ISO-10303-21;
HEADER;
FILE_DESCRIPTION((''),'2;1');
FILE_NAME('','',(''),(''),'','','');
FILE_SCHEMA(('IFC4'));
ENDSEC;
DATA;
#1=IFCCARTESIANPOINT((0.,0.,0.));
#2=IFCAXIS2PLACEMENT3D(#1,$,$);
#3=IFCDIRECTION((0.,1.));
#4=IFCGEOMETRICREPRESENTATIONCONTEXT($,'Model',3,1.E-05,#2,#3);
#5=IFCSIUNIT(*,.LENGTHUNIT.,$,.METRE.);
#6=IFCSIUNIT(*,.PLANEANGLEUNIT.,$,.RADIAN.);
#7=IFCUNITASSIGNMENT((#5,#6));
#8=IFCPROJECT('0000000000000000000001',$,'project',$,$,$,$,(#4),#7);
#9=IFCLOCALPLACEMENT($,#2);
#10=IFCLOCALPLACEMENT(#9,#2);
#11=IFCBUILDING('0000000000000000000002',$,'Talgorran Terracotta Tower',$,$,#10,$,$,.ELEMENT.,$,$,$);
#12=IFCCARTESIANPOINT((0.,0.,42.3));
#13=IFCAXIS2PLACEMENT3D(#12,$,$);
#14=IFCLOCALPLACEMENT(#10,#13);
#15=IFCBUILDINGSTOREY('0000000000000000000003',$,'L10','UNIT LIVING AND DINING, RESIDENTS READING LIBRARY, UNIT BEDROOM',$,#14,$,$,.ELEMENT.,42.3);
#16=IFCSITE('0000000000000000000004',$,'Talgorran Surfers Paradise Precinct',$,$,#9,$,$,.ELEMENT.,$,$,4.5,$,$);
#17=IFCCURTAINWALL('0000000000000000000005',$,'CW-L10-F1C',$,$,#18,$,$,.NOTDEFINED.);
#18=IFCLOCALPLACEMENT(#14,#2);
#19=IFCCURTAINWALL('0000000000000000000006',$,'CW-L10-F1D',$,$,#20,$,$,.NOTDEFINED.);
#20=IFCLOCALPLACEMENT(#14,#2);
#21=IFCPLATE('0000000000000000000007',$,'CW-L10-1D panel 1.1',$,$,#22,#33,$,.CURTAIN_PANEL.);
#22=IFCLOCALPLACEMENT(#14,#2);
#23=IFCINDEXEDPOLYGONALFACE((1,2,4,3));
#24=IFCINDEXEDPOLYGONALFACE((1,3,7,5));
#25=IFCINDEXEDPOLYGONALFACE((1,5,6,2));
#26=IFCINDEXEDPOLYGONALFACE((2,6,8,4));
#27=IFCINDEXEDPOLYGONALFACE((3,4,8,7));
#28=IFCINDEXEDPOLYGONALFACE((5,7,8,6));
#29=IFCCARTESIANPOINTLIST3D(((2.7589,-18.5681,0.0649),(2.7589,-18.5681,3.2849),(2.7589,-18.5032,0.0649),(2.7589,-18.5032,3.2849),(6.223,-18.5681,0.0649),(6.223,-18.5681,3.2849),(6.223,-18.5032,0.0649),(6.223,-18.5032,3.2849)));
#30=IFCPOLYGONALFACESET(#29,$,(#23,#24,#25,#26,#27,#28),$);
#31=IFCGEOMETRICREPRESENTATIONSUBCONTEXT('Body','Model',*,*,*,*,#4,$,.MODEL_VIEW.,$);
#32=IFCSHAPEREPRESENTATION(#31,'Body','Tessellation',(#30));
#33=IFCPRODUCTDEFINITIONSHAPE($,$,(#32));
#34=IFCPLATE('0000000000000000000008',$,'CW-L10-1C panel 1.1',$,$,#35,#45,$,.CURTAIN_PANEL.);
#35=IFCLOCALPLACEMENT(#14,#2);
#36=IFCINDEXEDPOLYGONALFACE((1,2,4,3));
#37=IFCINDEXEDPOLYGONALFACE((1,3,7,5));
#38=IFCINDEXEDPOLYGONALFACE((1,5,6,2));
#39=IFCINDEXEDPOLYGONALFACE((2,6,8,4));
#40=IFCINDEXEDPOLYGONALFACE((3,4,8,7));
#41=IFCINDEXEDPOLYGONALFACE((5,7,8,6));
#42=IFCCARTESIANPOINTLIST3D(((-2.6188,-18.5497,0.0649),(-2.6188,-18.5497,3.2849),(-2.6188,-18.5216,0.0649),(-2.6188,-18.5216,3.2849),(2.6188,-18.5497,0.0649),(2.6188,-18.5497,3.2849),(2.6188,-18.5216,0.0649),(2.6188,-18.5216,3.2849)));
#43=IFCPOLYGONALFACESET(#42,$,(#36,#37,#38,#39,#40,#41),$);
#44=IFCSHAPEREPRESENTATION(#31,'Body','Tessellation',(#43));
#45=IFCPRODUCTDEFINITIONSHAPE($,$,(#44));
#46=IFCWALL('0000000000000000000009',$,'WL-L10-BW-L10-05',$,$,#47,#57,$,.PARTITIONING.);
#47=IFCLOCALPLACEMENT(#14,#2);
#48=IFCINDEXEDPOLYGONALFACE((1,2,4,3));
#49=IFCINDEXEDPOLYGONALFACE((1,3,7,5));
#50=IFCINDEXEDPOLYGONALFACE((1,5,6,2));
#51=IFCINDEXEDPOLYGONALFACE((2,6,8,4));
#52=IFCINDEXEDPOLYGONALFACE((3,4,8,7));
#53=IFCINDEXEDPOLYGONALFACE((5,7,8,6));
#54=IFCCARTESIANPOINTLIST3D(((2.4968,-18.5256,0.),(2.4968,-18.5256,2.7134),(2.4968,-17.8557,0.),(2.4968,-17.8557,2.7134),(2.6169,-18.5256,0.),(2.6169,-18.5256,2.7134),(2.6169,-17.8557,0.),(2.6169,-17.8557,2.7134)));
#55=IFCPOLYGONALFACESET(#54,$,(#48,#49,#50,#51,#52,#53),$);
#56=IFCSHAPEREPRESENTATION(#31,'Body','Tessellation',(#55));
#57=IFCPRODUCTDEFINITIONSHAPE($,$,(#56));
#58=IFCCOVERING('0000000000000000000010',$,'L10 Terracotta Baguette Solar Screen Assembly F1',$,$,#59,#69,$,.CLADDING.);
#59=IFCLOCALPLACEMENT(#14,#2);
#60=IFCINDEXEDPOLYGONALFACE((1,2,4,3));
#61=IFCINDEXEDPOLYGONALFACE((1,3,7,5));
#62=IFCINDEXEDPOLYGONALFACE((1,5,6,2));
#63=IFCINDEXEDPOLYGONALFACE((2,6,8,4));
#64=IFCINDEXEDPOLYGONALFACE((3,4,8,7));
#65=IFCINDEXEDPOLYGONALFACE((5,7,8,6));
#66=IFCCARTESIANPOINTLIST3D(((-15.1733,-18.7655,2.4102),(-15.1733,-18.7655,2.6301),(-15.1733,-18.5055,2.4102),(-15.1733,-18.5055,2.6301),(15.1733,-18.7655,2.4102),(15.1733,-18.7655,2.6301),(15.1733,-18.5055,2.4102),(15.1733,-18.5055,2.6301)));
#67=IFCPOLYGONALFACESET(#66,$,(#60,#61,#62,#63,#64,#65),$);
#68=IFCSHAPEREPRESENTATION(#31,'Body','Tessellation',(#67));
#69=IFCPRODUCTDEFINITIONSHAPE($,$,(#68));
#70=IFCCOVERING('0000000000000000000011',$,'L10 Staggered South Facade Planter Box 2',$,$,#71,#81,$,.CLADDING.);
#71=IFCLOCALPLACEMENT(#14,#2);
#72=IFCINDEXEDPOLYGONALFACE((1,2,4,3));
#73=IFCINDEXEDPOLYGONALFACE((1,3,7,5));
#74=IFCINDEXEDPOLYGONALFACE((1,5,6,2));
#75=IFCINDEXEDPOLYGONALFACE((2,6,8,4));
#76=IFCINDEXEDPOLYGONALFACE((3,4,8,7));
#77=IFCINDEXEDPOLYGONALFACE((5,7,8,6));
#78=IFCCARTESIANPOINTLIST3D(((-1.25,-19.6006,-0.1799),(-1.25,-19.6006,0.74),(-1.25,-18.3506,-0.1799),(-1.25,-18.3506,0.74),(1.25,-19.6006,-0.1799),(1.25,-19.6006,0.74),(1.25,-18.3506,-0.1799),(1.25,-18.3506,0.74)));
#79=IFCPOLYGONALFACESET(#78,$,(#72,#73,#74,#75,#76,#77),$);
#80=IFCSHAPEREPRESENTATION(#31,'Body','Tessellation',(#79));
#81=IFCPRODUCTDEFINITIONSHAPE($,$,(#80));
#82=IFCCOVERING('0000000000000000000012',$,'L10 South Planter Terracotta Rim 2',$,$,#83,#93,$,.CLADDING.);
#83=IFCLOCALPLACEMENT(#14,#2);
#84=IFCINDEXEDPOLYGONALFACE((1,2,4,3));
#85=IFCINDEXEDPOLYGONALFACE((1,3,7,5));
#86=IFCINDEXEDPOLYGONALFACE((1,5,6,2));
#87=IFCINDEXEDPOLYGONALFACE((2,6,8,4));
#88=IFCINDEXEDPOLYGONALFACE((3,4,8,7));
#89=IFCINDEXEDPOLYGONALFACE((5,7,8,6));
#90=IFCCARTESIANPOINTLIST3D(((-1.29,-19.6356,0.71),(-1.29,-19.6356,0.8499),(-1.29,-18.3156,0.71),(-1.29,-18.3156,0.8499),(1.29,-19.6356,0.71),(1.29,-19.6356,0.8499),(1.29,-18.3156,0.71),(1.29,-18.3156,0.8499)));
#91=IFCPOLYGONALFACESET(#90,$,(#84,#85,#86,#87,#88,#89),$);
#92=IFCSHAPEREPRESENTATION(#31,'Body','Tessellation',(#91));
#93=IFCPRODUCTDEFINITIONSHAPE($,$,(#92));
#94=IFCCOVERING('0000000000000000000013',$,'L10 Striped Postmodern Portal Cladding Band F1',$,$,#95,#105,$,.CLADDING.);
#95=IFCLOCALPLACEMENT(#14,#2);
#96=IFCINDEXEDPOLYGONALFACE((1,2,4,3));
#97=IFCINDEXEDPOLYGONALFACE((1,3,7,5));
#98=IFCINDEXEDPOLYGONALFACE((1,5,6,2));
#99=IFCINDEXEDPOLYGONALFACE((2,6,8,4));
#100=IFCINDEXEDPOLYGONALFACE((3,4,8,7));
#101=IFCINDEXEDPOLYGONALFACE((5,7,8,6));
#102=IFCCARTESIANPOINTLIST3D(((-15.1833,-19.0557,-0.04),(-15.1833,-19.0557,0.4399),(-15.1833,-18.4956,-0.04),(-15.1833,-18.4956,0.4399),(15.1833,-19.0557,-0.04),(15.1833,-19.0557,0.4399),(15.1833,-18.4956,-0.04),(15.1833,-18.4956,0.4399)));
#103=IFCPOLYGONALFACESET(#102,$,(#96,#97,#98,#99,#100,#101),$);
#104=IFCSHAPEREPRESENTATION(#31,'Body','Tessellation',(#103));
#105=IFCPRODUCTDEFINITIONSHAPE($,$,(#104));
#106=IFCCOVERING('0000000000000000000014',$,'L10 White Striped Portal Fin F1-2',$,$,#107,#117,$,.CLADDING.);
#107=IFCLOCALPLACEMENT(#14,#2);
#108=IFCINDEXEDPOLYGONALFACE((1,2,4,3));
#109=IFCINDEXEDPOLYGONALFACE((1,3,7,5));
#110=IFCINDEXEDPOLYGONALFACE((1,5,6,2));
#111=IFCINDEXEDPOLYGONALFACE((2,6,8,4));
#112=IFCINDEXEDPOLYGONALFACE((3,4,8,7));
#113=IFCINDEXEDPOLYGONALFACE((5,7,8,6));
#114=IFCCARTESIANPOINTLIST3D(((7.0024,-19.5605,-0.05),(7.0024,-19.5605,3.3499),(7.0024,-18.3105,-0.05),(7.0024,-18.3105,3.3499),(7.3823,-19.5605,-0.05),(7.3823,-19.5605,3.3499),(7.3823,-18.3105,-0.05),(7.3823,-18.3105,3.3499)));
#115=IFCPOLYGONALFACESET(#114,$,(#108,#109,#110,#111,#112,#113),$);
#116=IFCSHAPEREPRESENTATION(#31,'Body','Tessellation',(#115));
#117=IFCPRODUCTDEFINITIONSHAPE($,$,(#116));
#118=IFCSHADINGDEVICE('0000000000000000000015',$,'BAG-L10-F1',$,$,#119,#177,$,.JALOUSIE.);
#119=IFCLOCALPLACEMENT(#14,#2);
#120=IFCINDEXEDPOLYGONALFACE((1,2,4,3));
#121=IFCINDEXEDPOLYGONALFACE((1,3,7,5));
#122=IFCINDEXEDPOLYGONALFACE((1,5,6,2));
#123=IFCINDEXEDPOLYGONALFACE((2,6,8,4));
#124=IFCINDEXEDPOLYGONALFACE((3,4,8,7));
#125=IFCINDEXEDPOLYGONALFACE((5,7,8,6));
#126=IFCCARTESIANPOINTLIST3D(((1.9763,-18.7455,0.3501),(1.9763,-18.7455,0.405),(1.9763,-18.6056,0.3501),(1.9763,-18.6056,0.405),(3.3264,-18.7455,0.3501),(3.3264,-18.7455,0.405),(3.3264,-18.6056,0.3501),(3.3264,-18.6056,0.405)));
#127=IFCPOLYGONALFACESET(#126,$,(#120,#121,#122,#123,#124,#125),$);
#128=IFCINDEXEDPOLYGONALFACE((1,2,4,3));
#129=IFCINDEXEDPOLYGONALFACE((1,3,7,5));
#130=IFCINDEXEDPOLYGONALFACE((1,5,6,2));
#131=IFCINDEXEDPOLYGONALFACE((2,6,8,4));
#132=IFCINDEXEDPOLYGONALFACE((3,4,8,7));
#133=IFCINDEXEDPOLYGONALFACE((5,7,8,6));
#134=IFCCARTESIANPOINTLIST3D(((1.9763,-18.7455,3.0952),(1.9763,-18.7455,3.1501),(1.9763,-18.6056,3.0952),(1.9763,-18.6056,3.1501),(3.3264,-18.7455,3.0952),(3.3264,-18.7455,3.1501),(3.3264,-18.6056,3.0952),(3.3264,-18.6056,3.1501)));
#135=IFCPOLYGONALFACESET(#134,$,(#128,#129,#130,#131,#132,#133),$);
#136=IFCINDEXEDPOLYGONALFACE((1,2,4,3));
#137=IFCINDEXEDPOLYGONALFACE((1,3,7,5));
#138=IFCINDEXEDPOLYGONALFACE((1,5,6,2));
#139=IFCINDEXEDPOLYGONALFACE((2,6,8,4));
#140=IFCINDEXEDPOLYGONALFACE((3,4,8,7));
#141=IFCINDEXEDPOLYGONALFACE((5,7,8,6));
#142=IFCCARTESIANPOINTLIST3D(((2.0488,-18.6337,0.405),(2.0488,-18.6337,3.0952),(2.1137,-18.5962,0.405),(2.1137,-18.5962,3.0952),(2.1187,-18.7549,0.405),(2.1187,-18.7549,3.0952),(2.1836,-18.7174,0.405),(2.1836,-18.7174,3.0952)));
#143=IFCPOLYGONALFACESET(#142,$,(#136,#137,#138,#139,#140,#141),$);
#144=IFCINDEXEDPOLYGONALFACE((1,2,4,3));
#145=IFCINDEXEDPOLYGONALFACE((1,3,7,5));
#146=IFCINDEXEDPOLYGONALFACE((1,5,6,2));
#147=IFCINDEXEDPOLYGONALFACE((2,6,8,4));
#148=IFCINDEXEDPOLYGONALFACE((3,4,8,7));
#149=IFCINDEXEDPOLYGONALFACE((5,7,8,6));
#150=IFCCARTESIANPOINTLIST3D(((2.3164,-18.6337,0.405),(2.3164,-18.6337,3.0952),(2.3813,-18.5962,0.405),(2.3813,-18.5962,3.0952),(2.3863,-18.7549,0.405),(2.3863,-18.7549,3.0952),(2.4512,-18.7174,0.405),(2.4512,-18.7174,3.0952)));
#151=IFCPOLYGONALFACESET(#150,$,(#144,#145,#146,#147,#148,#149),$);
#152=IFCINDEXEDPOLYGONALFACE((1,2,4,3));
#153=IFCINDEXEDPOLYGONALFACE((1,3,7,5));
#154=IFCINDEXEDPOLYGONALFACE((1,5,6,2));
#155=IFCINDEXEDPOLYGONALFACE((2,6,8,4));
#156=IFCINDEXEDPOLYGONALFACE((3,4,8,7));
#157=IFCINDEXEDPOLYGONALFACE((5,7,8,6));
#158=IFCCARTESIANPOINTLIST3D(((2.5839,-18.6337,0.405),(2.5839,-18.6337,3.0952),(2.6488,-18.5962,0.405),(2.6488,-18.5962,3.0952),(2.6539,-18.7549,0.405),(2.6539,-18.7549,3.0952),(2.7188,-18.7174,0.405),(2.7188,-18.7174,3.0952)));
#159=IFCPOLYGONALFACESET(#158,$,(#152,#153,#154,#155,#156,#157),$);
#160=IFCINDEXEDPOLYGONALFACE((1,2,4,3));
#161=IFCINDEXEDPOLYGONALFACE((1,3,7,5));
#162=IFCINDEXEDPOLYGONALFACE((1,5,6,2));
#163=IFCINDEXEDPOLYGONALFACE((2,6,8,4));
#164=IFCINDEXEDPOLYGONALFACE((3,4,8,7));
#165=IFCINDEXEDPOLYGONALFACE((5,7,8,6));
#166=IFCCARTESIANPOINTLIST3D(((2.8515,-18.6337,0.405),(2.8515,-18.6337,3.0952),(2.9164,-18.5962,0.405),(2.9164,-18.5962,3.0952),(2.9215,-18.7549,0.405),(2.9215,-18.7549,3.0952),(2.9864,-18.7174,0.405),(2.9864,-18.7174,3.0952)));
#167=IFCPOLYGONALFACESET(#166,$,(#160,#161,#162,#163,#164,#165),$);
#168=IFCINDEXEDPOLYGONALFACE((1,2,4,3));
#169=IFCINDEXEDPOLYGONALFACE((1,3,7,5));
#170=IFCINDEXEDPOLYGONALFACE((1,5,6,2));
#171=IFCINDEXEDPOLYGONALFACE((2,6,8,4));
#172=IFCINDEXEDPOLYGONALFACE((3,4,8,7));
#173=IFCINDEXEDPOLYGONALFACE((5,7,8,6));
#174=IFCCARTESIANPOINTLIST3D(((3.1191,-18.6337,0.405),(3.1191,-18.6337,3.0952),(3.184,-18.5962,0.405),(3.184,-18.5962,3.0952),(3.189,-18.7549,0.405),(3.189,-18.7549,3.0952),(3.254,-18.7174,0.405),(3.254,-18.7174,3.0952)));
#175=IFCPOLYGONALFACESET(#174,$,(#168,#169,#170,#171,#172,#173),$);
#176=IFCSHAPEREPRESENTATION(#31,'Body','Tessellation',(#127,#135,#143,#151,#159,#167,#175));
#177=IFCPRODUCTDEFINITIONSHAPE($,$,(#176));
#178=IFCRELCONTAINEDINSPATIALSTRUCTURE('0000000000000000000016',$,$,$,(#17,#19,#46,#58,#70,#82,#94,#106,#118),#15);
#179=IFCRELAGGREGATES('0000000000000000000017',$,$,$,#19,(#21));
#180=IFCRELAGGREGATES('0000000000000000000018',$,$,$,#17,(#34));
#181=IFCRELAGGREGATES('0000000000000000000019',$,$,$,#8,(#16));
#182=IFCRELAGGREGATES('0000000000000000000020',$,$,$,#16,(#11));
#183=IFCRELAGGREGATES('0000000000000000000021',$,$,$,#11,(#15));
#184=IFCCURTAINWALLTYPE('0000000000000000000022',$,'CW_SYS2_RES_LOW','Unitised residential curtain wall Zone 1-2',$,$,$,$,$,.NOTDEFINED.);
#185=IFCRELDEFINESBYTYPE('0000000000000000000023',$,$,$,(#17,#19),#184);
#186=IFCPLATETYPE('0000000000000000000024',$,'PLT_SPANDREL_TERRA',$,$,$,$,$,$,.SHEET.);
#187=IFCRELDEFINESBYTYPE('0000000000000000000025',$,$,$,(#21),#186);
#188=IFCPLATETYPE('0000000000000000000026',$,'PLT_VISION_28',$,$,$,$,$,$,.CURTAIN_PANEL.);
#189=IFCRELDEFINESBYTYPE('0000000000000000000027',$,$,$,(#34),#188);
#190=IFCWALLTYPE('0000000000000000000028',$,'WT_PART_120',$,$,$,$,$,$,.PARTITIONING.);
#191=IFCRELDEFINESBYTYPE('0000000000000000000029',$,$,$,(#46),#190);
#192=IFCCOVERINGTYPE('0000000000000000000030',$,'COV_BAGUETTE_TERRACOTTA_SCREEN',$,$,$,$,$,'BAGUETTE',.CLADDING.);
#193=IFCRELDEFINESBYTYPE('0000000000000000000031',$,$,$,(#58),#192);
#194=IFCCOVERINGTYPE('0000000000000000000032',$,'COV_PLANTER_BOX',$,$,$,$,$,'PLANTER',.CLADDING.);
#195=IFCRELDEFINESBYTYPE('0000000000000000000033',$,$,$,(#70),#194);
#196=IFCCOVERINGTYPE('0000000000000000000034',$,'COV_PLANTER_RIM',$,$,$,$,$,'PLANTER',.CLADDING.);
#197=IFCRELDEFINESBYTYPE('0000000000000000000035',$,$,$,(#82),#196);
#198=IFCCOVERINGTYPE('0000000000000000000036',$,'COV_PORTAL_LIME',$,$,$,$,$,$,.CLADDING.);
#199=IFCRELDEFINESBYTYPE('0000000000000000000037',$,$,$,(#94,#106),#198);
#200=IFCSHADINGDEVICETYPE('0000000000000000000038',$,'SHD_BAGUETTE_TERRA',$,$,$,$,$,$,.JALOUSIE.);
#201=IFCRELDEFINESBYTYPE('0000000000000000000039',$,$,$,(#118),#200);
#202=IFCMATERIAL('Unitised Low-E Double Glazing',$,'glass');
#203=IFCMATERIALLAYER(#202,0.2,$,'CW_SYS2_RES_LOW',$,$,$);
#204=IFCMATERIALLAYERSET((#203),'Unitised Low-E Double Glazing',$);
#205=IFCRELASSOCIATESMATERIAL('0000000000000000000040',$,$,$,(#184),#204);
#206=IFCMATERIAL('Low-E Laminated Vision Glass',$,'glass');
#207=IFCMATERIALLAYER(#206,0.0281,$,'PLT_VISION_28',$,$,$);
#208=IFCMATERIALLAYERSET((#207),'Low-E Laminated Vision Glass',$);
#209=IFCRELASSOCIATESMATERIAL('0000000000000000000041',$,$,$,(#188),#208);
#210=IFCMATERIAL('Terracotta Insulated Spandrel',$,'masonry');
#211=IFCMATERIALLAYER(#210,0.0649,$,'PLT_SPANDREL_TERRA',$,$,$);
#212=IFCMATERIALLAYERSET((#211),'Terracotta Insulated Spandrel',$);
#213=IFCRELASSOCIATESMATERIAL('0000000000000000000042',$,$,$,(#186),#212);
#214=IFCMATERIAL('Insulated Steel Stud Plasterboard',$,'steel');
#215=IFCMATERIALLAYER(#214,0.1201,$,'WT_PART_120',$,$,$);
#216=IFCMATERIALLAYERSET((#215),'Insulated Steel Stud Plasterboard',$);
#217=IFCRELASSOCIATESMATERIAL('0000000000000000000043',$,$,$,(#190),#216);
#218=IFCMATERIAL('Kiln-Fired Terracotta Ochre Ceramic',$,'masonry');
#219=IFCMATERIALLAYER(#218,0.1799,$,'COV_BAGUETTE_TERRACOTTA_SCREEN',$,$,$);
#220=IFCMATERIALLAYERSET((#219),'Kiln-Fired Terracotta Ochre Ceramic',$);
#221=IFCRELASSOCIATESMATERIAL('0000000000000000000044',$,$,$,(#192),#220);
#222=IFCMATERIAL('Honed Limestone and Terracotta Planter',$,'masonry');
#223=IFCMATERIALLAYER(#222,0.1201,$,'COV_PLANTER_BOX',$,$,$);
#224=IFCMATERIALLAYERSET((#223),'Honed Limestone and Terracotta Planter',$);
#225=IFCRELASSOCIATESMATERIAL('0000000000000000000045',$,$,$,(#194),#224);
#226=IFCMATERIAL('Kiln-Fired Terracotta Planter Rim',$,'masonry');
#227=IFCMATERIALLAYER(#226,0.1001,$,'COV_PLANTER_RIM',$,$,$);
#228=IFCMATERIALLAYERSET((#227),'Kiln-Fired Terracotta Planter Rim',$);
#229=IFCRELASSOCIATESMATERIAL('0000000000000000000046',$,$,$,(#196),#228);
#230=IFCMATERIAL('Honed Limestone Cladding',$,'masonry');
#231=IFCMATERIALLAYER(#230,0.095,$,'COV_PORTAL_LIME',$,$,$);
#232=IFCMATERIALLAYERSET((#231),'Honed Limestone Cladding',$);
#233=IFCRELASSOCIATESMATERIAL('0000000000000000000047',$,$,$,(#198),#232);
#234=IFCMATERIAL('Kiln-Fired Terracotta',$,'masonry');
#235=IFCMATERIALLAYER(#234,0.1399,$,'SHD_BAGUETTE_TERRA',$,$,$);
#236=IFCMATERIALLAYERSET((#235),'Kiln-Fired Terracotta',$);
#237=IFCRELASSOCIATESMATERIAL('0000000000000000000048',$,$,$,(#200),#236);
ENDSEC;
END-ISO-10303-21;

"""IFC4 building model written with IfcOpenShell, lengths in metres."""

from ifc_helpers import new_model, si_unit, direction, frame, frame_2d, origin, origin_2d, place, context, subcontext, project, spatial, rectangle, extrude, source, transform, mapped, material, layer, layer_set, type_object, type_shapes, element, aggregate, save


model = new_model("IFC4")

# Units and contexts
model_context = context("Model", 3, precision=1e-05, world=origin(), true_north=direction((0.0, 1.0)))
body_context = subcontext(model_context, "Body", "Model", "MODEL_VIEW")
ifc_project = project(units=[si_unit("LENGTHUNIT", "METRE"), si_unit("PLANEANGLEUNIT", "RADIAN")], contexts=[model_context])

# Site, building, storey
site_placement = place(None, origin())
site = spatial("IfcSite", under=ifc_project, at=site_placement, Name="Talgorran Surfers Paradise Precinct", CompositionType="ELEMENT", RefElevation=4.5)
building_placement = place(site_placement, origin())
building = spatial("IfcBuilding", under=site, at=building_placement, Name="Talgorran Terracotta Tower", CompositionType="ELEMENT")
storey_placement = place(building_placement, frame((0.0, 0.0, 42.3)))
storey = spatial("IfcBuildingStorey", under=building, at=storey_placement, Name="L10", Description="UNIT LIVING AND DINING, RESIDENTS READING LIBRARY, UNIT BEDROOM", CompositionType="ELEMENT", Elevation=42.3)

# Curtain wall
ifc_material_1 = material(Name="Unitised Low-E Double Glazing", Category="glass")
ifc_layer_1 = layer(ifc_material_1, 0.2, Name="CW_SYS2_RES_LOW")
ifc_layer_set_1 = layer_set([ifc_layer_1], Name="Unitised Low-E Double Glazing")
curtain_wall_type = type_object("IfcCurtainWallType", Name="CW_SYS2_RES_LOW", Description="Unitised residential curtain wall Zone 1-2", PredefinedType="NOTDEFINED", material=ifc_layer_set_1)
curtain_wall_1_placement = place(storey_placement, origin())
curtain_wall_1 = element("IfcCurtainWall", 1, at=curtain_wall_1_placement, inside=storey, type_object=curtain_wall_type, Name="CW-L10-F1C", PredefinedType="NOTDEFINED")

# Curtain wall
curtain_wall_2_placement = place(storey_placement, origin())
curtain_wall_2 = element("IfcCurtainWall", 2, at=curtain_wall_2_placement, inside=storey, type_object=curtain_wall_type, Name="CW-L10-F1D", PredefinedType="NOTDEFINED")

# Plates
ifc_material_2 = material(Name="Low-E Laminated Vision Glass", Category="glass")
ifc_layer_2 = layer(ifc_material_2, 0.0281, Name="PLT_VISION_28")
ifc_layer_set_2 = layer_set([ifc_layer_2], Name="Low-E Laminated Vision Glass")
plate_type_1 = type_object("IfcPlateType", Name="PLT_VISION_28", PredefinedType="CURTAIN_PANEL", material=ifc_layer_set_2)
ifc_material_3 = material(Name="Terracotta Insulated Spandrel", Category="masonry")
ifc_layer_3 = layer(ifc_material_3, 0.0649, Name="PLT_SPANDREL_TERRA")
ifc_layer_set_3 = layer_set([ifc_layer_3], Name="Terracotta Insulated Spandrel")
plate_type_2 = type_object("IfcPlateType", Name="PLT_SPANDREL_TERRA", PredefinedType="SHEET", material=ifc_layer_set_3)
shared_shape_1 = source(origin(), body_context, "Body", "SweptSolid", [
    extrude(rectangle(XDim=3.4641, YDim=0.0649, at=origin_2d()), origin(), (0.0, 0.0, 1.0), 3.22),
])
type_shapes(plate_type_2, [shared_shape_1])
plate_1_placement = place(storey_placement, frame((4.491, -18.5356, 0.0649), z_axis=(0.0, 0.0, 1.0), x_axis=(1.0, 0.0, 0.0)))
plate_1 = element("IfcPlate", 3, at=plate_1_placement, type_object=plate_type_2, Name="CW-L10-1D panel 1.1", PredefinedType="CURTAIN_PANEL", context=body_context, shape_type="MappedRepresentation", body=[
    mapped(shared_shape_1, transform((0.0, 0.0, 0.0), scale=1.0)),
])
aggregate(curtain_wall_2, [plate_1])
shared_shape_2 = source(origin(), body_context, "Body", "SweptSolid", [
    extrude(rectangle(XDim=5.2375, YDim=0.0281, at=origin_2d()), origin(), (0.0, 0.0, 1.0), 3.22),
])
plate_2_placement = place(storey_placement, frame((0.0, -18.5356, 0.0649), z_axis=(0.0, 0.0, 1.0), x_axis=(1.0, 0.0, 0.0)))
plate_2 = element("IfcPlate", 4, at=plate_2_placement, type_object=plate_type_1, Name="CW-L10-1C panel 1.1", PredefinedType="CURTAIN_PANEL", context=body_context, shape_type="MappedRepresentation", body=[
    mapped(shared_shape_2, transform((0.0, 0.0, 0.0), scale=1.0)),
])
aggregate(curtain_wall_1, [plate_2])

# Wall
ifc_material_4 = material(Name="Insulated Steel Stud Plasterboard", Category="steel")
ifc_layer_4 = layer(ifc_material_4, 0.1201, Name="WT_PART_120")
ifc_layer_set_4 = layer_set([ifc_layer_4], Name="Insulated Steel Stud Plasterboard")
wall_type = type_object("IfcWallType", Name="WT_PART_120", PredefinedType="PARTITIONING", material=ifc_layer_set_4)
wall_placement = place(storey_placement, frame((2.5569, -18.5256, 0.0), z_axis=(0.0, 0.0, 1.0), x_axis=(0.0, 1.0, 0.0)))
element("IfcWall", 5, at=wall_placement, inside=storey, type_object=wall_type, Name="WL-L10-BW-L10-05", PredefinedType="PARTITIONING", context=body_context, shape_type="SweptSolid", body=[
    extrude(rectangle(XDim=0.6699, YDim=0.1201, at=frame_2d((0.335, 0.0))), origin(), (0.0, 0.0, 1.0), 2.7134),
])

# Coverings
ifc_material_5 = material(Name="Kiln-Fired Terracotta Ochre Ceramic", Category="masonry")
ifc_layer_5 = layer(ifc_material_5, 0.1799, Name="COV_BAGUETTE_TERRACOTTA_SCREEN")
ifc_layer_set_5 = layer_set([ifc_layer_5], Name="Kiln-Fired Terracotta Ochre Ceramic")
covering_type_1 = type_object("IfcCoveringType", Name="COV_BAGUETTE_TERRACOTTA_SCREEN", ElementType="BAGUETTE", PredefinedType="CLADDING", material=ifc_layer_set_5)
covering_1_placement = place(storey_placement, frame((0.0, -18.6355, 2.4102), z_axis=(0.0, 0.0, 1.0), x_axis=(1.0, 0.0, 0.0)))
element("IfcCovering", 6, at=covering_1_placement, inside=storey, type_object=covering_type_1, Name="L10 Terracotta Baguette Solar Screen Assembly F1", PredefinedType="CLADDING", context=body_context, shape_type="SweptSolid", body=[
    extrude(rectangle(XDim=30.3467, YDim=0.26, at=origin_2d()), origin(), (0.0, 0.0, 1.0), 0.22),
])
ifc_material_6 = material(Name="Honed Limestone and Terracotta Planter", Category="masonry")
ifc_layer_6 = layer(ifc_material_6, 0.1201, Name="COV_PLANTER_BOX")
ifc_layer_set_6 = layer_set([ifc_layer_6], Name="Honed Limestone and Terracotta Planter")
covering_type_2 = type_object("IfcCoveringType", Name="COV_PLANTER_BOX", ElementType="PLANTER", PredefinedType="CLADDING", material=ifc_layer_set_6)
covering_2_placement = place(storey_placement, frame((0.0, -18.9756, -0.1799), z_axis=(0.0, 0.0, 1.0), x_axis=(1.0, 0.0, 0.0)))
element("IfcCovering", 7, at=covering_2_placement, inside=storey, type_object=covering_type_2, Name="L10 Staggered South Facade Planter Box 2", PredefinedType="CLADDING", context=body_context, shape_type="SweptSolid", body=[
    extrude(rectangle(XDim=2.5, YDim=1.25, at=origin_2d()), origin(), (0.0, 0.0, 1.0), 0.9199),
])
ifc_material_7 = material(Name="Kiln-Fired Terracotta Planter Rim", Category="masonry")
ifc_layer_7 = layer(ifc_material_7, 0.1001, Name="COV_PLANTER_RIM")
ifc_layer_set_7 = layer_set([ifc_layer_7], Name="Kiln-Fired Terracotta Planter Rim")
covering_type_3 = type_object("IfcCoveringType", Name="COV_PLANTER_RIM", ElementType="PLANTER", PredefinedType="CLADDING", material=ifc_layer_set_7)
covering_3_placement = place(storey_placement, frame((0.0, -18.9756, 0.71), z_axis=(0.0, 0.0, 1.0), x_axis=(1.0, 0.0, 0.0)))
element("IfcCovering", 8, at=covering_3_placement, inside=storey, type_object=covering_type_3, Name="L10 South Planter Terracotta Rim 2", PredefinedType="CLADDING", context=body_context, shape_type="SweptSolid", body=[
    extrude(rectangle(XDim=2.5801, YDim=1.3201, at=origin_2d()), origin(), (0.0, 0.0, 1.0), 0.1399),
])
ifc_material_8 = material(Name="Honed Limestone Cladding", Category="masonry")
ifc_layer_8 = layer(ifc_material_8, 0.095, Name="COV_PORTAL_LIME")
ifc_layer_set_8 = layer_set([ifc_layer_8], Name="Honed Limestone Cladding")
covering_type_4 = type_object("IfcCoveringType", Name="COV_PORTAL_LIME", PredefinedType="CLADDING", material=ifc_layer_set_8)
covering_4_placement = place(storey_placement, frame((0.0, -18.7756, -0.04), z_axis=(0.0, 0.0, 1.0), x_axis=(1.0, 0.0, 0.0)))
element("IfcCovering", 9, at=covering_4_placement, inside=storey, type_object=covering_type_4, Name="L10 Striped Postmodern Portal Cladding Band F1", PredefinedType="CLADDING", context=body_context, shape_type="SweptSolid", body=[
    extrude(rectangle(XDim=30.3667, YDim=0.5601, at=origin_2d()), origin(), (0.0, 0.0, 1.0), 0.48),
])
covering_5_placement = place(storey_placement, frame((7.1924, -18.9355, -0.05), z_axis=(0.0, 0.0, 1.0), x_axis=(1.0, 0.0, 0.0)))
element("IfcCovering", 10, at=covering_5_placement, inside=storey, type_object=covering_type_4, Name="L10 White Striped Portal Fin F1-2", PredefinedType="CLADDING", context=body_context, shape_type="SweptSolid", body=[
    extrude(rectangle(XDim=0.3799, YDim=1.25, at=origin_2d()), origin(), (0.0, 0.0, 1.0), 3.3999),
])

# Shading device
ifc_material_9 = material(Name="Kiln-Fired Terracotta", Category="masonry")
ifc_layer_9 = layer(ifc_material_9, 0.1399, Name="SHD_BAGUETTE_TERRA")
ifc_layer_set_9 = layer_set([ifc_layer_9], Name="Kiln-Fired Terracotta")
shading_device_type = type_object("IfcShadingDeviceType", Name="SHD_BAGUETTE_TERRA", PredefinedType="JALOUSIE", material=ifc_layer_set_9)
shared_shape_3 = source(origin(), body_context, "Body", "SweptSolid", [
    extrude(rectangle(XDim=1.3501, YDim=0.1399, at=origin_2d()), origin(), (0.0, 0.0, 1.0), 0.0549),
    extrude(rectangle(XDim=1.3501, YDim=0.1399, at=origin_2d()), frame((0.0, 0.0, 2.7451)), (0.0, 0.0, 1.0), 0.0549),
    extrude(rectangle(XDim=0.075, YDim=0.1399, at=origin_2d()), frame((-0.5352, 0.0, 0.0549), z_axis=(0.0, 0.0, 1.0), x_axis=(0.866025, 0.5, 0.0)), (0.0, 0.0, 1.0), 2.6902),
    extrude(rectangle(XDim=0.075, YDim=0.1399, at=origin_2d()), frame((-0.2676, 0.0, 0.0549), z_axis=(0.0, 0.0, 1.0), x_axis=(0.866025, 0.5, 0.0)), (0.0, 0.0, 1.0), 2.6902),
    extrude(rectangle(XDim=0.075, YDim=0.1399, at=origin_2d()), frame((0.0, 0.0, 0.0549), z_axis=(0.0, 0.0, 1.0), x_axis=(0.866025, 0.5, 0.0)), (0.0, 0.0, 1.0), 2.6902),
    extrude(rectangle(XDim=0.075, YDim=0.1399, at=origin_2d()), frame((0.2676, 0.0, 0.0549), z_axis=(0.0, 0.0, 1.0), x_axis=(0.866025, 0.5, 0.0)), (0.0, 0.0, 1.0), 2.6902),
    extrude(rectangle(XDim=0.075, YDim=0.1399, at=origin_2d()), frame((0.5352, 0.0, 0.0549), z_axis=(0.0, 0.0, 1.0), x_axis=(0.866025, 0.5, 0.0)), (0.0, 0.0, 1.0), 2.6902),
])
type_shapes(shading_device_type, [shared_shape_3])
shading_device_placement = place(storey_placement, frame((2.6514, -18.6755, 0.3501), z_axis=(0.0, 0.0, 1.0), x_axis=(1.0, 0.0, 0.0)))
element("IfcShadingDevice", 11, at=shading_device_placement, inside=storey, type_object=shading_device_type, Name="BAG-L10-F1", PredefinedType="JALOUSIE", context=body_context, shape_type="MappedRepresentation", body=[
    mapped(shared_shape_3, transform((0.0, 0.0, 0.0), scale=1.0)),
])

save(model, "model.ifc")
